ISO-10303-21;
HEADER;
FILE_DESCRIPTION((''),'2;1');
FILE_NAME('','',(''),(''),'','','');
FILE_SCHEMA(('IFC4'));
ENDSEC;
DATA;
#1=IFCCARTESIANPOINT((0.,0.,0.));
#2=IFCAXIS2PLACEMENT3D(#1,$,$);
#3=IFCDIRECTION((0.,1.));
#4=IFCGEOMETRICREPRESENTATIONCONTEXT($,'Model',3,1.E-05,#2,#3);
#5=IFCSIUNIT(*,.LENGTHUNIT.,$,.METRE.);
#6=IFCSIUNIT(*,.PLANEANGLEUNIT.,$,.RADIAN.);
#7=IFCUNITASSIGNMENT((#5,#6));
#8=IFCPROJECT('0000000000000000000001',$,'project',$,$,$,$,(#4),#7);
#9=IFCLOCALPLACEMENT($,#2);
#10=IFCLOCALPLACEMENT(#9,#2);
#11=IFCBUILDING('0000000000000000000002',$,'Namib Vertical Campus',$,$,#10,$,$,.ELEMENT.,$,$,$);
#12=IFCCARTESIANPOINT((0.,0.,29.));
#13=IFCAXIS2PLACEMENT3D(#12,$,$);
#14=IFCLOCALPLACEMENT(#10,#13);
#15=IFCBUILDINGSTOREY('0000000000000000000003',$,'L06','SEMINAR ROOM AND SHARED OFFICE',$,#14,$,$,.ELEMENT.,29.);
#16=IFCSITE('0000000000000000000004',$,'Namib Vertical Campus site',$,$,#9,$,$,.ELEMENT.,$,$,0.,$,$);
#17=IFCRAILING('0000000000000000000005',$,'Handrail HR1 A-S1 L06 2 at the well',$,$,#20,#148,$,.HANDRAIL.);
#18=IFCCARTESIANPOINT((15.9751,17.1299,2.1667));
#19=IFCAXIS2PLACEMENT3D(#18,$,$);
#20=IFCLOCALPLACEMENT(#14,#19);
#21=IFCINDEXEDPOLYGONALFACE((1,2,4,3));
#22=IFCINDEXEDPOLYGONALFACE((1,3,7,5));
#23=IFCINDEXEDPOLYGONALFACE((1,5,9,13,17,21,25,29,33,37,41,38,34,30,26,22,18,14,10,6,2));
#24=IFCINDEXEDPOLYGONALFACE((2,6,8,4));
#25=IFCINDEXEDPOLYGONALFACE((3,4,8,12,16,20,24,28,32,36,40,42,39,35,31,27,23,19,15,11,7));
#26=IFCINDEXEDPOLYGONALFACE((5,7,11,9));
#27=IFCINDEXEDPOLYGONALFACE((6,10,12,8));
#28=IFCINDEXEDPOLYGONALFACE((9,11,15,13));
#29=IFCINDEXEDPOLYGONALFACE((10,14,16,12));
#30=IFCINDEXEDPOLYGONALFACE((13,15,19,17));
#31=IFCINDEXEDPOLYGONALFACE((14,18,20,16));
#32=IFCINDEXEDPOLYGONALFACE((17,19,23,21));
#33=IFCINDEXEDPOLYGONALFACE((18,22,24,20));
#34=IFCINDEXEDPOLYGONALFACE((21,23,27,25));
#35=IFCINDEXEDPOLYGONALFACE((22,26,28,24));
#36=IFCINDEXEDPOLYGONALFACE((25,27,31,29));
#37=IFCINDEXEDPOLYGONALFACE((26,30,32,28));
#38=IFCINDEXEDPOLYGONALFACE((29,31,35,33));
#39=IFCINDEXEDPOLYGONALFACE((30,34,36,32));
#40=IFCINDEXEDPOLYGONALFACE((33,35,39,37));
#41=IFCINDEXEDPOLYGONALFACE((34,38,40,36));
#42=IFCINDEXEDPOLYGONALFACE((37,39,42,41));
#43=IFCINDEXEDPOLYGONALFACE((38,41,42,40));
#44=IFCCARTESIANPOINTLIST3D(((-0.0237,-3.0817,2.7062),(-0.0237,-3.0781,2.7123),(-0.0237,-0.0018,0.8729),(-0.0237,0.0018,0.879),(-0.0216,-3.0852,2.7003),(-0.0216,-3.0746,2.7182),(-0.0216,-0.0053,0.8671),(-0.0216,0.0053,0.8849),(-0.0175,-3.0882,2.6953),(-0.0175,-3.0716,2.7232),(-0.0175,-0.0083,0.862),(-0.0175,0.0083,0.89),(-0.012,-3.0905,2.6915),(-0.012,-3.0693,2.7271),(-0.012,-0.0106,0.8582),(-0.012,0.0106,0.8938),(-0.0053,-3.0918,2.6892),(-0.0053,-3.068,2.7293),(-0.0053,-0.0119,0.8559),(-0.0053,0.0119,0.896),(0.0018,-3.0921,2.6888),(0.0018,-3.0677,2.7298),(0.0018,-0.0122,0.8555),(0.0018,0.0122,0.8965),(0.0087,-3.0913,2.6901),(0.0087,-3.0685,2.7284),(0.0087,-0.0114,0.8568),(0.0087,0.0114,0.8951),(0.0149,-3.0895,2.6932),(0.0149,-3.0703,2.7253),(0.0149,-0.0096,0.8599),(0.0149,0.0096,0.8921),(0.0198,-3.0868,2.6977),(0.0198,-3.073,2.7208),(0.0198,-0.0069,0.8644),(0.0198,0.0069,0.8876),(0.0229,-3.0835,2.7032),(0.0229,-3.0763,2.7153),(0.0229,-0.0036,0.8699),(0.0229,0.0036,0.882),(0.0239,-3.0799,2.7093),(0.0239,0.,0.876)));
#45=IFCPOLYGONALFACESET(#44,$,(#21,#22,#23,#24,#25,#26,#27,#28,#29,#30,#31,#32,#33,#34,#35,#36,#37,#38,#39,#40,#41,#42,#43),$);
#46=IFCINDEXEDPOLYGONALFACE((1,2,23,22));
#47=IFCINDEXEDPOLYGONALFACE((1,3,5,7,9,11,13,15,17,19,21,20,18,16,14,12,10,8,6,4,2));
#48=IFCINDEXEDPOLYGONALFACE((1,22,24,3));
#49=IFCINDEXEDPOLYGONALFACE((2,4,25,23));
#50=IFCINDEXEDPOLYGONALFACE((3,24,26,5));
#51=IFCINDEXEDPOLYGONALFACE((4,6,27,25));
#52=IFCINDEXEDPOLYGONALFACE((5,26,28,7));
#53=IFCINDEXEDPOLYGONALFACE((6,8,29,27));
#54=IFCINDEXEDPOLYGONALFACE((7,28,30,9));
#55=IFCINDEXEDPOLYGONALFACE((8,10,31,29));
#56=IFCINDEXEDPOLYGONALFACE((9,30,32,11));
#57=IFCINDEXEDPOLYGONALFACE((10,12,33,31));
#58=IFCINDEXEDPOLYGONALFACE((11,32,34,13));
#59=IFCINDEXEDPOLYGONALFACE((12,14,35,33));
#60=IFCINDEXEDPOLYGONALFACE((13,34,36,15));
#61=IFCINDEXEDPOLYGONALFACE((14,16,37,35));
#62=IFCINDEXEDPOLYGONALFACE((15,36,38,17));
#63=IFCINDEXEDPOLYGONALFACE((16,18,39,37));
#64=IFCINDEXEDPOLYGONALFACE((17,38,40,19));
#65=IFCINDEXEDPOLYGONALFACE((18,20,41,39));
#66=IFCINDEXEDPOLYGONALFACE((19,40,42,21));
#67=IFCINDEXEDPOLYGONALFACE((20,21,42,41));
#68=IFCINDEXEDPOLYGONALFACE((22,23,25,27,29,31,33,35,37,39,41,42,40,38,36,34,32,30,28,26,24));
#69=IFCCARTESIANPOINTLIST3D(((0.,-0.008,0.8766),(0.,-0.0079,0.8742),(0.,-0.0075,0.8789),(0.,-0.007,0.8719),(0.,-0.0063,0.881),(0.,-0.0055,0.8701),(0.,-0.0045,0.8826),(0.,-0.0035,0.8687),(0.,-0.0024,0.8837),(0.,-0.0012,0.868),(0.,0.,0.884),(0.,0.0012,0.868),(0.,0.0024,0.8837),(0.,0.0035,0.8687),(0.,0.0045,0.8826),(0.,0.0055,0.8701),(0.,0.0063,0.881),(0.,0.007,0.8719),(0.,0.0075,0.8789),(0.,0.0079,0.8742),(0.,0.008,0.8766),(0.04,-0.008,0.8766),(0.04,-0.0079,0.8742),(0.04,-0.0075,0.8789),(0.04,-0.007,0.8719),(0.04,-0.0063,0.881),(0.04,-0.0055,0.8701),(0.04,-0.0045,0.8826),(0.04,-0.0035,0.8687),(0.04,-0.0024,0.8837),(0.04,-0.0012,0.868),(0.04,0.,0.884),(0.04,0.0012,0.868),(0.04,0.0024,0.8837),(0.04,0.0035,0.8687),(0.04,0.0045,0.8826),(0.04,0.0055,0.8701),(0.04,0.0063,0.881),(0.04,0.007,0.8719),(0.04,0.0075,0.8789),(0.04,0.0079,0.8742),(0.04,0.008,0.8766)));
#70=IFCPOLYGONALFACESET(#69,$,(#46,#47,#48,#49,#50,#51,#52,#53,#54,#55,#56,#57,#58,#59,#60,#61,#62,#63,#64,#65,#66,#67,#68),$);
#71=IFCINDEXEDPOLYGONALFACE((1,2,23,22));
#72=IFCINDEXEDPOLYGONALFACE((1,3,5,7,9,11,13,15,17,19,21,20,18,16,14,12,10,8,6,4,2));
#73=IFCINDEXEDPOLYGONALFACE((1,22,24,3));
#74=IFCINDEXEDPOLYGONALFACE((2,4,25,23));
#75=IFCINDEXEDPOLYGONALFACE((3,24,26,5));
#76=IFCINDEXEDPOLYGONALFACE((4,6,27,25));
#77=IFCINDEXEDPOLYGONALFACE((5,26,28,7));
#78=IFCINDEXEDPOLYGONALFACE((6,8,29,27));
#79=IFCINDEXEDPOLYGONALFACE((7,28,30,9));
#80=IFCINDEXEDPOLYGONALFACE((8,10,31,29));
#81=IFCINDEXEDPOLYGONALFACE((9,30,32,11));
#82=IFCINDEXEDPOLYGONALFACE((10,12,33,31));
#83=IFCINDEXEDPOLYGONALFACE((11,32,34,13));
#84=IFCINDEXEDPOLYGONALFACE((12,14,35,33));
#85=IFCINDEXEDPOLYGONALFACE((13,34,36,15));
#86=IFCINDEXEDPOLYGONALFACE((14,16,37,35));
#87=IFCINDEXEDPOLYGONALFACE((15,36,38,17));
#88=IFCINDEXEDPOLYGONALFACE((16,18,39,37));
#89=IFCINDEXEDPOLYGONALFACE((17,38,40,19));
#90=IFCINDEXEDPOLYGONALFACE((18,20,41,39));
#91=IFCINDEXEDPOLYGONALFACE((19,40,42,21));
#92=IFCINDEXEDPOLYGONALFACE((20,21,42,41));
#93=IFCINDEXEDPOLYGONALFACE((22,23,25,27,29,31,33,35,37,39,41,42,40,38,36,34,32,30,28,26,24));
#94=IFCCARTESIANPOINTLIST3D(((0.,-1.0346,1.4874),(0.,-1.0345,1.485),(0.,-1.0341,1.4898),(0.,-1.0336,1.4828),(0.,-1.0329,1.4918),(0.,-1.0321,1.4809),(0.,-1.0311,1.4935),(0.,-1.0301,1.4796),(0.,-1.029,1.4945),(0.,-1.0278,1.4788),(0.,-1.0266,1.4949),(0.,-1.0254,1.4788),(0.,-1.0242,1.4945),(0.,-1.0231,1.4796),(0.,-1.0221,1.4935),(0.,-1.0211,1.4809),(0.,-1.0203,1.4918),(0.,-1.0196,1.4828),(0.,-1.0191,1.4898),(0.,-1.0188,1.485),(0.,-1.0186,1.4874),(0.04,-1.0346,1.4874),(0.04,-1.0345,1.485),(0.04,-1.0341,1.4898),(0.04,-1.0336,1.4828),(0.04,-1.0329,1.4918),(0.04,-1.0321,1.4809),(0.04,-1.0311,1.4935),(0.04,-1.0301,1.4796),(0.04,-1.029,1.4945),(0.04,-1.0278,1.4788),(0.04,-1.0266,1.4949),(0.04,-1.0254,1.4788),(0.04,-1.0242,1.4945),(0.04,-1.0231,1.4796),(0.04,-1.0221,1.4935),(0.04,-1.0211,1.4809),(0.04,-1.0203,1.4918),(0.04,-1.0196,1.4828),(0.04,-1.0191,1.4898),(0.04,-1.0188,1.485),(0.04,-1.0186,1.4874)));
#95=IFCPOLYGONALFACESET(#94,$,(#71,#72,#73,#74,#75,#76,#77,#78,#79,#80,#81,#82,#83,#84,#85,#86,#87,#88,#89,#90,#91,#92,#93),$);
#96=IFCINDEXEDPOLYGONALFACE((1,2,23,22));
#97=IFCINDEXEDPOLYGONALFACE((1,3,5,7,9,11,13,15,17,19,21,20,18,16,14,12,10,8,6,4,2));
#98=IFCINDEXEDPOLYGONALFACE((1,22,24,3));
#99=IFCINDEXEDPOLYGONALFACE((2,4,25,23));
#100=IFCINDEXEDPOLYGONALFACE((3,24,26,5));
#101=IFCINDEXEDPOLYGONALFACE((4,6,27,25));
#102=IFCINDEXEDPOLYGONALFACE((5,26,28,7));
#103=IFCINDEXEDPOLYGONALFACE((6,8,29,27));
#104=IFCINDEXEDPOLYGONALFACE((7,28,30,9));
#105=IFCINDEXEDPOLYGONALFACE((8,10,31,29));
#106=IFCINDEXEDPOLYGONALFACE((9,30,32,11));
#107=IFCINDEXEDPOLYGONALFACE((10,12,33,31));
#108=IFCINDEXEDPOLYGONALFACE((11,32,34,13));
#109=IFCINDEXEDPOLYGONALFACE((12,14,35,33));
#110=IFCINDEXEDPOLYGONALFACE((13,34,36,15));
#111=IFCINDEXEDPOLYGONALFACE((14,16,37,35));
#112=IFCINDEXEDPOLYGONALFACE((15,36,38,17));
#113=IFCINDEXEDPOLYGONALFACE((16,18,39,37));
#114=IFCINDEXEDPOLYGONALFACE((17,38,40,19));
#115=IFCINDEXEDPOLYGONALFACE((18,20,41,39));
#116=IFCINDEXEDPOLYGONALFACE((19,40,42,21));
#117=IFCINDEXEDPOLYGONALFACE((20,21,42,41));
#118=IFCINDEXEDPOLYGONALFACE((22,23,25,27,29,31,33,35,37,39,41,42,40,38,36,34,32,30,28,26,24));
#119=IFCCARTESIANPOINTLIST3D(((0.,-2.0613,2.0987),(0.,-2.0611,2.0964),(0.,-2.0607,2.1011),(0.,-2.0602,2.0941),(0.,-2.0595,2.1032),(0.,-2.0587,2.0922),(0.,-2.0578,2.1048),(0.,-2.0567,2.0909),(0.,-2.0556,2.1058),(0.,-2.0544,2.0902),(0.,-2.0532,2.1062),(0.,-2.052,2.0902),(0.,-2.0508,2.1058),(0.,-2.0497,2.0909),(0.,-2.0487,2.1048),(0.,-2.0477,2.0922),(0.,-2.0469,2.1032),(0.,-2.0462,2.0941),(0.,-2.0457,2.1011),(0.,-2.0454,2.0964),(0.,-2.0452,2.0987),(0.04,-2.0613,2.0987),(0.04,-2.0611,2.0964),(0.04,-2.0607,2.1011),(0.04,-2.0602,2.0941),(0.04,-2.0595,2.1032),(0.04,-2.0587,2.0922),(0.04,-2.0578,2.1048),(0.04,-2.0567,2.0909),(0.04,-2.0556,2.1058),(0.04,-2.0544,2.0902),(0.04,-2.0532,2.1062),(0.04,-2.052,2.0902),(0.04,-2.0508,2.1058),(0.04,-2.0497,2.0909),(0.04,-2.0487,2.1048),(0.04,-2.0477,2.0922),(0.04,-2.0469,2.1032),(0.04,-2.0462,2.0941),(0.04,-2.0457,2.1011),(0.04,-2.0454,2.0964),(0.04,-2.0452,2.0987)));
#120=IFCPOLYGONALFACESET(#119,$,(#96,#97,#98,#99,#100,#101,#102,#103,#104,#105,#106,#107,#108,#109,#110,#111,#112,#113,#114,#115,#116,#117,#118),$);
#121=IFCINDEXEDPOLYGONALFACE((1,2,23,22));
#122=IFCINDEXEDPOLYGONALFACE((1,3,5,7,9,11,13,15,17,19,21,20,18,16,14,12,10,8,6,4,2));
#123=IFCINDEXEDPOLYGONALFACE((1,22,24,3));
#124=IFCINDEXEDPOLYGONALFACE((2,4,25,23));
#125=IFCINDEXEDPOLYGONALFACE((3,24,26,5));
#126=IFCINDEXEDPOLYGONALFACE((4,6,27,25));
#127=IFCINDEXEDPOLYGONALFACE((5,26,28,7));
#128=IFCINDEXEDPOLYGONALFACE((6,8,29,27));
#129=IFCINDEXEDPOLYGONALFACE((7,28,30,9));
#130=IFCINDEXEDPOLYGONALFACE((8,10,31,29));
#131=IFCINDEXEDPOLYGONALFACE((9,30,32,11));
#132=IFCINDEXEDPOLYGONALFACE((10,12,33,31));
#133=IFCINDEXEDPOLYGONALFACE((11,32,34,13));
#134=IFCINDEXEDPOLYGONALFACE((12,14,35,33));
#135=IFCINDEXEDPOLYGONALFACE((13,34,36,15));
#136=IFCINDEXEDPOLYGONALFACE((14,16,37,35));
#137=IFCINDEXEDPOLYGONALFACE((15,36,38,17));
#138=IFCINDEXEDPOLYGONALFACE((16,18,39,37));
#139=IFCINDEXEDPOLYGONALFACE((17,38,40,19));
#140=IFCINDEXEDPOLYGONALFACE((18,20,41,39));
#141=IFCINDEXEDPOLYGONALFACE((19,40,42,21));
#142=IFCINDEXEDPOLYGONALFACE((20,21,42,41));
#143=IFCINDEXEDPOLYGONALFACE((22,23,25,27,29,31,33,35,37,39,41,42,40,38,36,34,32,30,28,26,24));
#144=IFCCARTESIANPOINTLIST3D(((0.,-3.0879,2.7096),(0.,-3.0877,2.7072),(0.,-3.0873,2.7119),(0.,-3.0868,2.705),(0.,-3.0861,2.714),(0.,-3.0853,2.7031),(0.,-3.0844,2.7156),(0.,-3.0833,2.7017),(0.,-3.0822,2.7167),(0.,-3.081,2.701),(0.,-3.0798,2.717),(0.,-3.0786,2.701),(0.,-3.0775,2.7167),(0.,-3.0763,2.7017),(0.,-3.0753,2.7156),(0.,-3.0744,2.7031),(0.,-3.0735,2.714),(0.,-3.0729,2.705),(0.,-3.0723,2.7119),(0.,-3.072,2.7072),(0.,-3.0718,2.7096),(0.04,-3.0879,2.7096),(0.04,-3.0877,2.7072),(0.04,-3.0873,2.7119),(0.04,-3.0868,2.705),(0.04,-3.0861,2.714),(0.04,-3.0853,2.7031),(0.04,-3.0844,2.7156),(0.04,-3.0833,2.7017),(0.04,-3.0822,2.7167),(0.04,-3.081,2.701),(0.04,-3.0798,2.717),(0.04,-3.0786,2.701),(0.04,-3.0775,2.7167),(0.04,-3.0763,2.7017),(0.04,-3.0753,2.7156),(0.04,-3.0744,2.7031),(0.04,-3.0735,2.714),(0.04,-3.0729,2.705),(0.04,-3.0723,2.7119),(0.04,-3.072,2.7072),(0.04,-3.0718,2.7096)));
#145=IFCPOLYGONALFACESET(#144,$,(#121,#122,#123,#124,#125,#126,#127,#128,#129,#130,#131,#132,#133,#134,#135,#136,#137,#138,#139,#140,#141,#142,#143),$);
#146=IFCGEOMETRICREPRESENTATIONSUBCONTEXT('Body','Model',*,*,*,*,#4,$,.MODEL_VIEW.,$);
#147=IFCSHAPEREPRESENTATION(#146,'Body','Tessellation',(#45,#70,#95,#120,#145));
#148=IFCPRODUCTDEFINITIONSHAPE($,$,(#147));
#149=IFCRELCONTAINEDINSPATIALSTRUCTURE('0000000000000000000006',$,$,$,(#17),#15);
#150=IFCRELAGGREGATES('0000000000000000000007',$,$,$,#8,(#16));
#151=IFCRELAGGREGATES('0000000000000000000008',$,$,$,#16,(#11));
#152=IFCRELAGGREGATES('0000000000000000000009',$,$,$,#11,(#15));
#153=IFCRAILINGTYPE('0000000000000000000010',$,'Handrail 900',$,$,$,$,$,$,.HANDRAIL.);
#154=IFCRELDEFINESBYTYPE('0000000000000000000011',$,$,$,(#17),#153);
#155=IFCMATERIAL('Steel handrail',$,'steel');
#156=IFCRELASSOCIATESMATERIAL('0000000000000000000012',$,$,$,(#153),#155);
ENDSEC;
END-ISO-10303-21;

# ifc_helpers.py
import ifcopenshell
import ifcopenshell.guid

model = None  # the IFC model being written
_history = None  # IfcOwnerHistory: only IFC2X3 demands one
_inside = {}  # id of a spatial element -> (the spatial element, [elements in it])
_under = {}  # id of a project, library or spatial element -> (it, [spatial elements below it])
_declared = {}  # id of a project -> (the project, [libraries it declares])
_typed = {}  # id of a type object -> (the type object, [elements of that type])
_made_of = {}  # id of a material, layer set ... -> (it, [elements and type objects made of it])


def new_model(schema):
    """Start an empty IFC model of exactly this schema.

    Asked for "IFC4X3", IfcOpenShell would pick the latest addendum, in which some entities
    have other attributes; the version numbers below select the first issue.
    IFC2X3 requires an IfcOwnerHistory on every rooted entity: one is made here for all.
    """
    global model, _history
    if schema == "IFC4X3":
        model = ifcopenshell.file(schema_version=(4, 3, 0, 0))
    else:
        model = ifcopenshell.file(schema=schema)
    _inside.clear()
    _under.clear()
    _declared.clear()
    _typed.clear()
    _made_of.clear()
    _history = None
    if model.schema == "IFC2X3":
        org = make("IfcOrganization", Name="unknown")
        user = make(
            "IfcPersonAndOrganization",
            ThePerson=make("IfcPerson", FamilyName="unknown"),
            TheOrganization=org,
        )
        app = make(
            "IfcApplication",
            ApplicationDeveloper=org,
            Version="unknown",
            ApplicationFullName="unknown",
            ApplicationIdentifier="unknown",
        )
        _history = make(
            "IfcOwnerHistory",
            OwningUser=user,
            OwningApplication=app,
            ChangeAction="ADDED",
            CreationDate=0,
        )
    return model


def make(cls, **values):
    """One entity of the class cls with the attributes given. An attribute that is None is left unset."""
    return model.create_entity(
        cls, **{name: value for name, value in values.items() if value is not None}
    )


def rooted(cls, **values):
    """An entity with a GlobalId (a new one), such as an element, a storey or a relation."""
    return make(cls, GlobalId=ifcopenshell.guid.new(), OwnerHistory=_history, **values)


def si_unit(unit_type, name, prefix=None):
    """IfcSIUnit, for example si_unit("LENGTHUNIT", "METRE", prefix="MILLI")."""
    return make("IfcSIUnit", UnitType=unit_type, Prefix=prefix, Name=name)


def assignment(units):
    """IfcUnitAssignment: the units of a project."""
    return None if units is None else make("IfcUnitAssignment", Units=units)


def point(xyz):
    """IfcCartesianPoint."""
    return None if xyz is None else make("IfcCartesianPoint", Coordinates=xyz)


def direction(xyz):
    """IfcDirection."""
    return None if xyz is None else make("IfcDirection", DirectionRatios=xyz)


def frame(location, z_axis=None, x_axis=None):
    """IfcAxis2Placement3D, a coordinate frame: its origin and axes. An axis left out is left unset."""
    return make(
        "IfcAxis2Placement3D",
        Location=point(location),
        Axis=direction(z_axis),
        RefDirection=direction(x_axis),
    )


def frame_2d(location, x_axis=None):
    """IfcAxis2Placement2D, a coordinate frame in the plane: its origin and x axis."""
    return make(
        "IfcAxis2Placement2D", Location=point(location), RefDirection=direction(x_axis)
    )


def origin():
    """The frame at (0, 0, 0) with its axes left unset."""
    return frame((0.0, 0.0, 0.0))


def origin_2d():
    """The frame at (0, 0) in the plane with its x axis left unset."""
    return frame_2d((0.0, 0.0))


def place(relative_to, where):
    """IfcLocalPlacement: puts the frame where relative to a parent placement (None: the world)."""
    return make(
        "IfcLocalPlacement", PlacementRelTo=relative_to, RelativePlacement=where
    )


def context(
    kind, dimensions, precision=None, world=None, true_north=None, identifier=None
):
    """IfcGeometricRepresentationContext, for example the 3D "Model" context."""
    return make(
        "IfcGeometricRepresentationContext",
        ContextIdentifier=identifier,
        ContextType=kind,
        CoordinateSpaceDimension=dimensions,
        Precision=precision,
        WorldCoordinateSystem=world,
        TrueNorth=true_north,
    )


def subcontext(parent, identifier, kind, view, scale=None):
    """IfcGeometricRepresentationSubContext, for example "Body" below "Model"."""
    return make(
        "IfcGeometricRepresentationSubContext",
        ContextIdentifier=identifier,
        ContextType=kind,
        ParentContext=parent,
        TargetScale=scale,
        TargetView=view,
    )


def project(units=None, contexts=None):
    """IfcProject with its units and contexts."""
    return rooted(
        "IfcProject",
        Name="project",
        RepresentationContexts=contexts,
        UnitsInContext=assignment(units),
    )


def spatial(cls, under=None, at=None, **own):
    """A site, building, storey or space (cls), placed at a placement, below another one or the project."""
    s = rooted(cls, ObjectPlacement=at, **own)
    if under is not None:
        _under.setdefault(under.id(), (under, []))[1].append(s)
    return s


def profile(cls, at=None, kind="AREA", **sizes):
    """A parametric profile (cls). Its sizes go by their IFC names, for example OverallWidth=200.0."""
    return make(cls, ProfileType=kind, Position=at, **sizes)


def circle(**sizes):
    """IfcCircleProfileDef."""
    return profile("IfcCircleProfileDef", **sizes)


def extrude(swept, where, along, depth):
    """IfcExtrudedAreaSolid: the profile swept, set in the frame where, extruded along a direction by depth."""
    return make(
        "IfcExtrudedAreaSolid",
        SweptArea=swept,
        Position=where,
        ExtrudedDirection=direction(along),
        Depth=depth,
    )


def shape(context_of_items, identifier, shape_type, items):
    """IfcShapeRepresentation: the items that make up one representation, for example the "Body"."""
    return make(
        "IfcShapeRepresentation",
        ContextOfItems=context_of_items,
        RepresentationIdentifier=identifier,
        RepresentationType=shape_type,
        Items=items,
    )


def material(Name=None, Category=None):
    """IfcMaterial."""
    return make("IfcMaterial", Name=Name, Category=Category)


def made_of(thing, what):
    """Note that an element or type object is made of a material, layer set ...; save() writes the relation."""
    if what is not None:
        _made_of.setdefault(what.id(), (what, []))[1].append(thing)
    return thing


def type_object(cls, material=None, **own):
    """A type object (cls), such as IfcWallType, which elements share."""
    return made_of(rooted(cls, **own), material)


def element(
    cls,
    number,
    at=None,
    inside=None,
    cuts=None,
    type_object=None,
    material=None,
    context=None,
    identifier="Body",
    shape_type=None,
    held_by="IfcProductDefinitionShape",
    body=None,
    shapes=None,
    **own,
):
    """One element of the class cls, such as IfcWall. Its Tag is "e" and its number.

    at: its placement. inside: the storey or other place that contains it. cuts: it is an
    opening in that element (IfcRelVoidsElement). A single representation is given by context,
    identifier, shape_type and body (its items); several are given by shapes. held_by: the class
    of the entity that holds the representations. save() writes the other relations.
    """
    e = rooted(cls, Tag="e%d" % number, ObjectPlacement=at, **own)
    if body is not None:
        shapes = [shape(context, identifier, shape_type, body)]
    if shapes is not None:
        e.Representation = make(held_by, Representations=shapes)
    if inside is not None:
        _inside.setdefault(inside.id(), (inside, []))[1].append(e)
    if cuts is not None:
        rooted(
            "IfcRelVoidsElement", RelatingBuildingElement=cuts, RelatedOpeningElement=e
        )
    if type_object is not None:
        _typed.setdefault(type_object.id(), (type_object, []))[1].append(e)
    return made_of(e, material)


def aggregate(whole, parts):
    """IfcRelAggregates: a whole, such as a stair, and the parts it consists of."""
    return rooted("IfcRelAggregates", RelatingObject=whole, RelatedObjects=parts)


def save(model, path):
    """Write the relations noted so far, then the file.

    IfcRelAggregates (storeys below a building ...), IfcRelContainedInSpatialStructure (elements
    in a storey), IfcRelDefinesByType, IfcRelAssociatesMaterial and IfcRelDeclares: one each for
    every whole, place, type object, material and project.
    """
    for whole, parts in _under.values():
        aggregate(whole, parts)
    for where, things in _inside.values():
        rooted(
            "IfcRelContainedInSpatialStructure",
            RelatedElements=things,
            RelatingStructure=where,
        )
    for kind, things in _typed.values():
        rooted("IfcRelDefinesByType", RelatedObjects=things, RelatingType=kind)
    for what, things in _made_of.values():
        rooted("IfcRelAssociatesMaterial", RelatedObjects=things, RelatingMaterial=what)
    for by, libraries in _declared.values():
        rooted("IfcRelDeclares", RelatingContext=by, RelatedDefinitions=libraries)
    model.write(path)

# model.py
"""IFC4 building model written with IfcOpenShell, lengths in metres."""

from ifc_helpers import new_model, si_unit, direction, frame, origin, origin_2d, place, context, subcontext, project, spatial, circle, extrude, material, type_object, element, save


model = new_model("IFC4")

# Units and contexts
model_context = context("Model", 3, precision=1e-05, world=origin(), true_north=direction((0.0, 1.0)))
body_context = subcontext(model_context, "Body", "Model", "MODEL_VIEW")
ifc_project = project(units=[si_unit("LENGTHUNIT", "METRE"), si_unit("PLANEANGLEUNIT", "RADIAN")], contexts=[model_context])

# Site, building, storey
site_placement = place(None, origin())
site = spatial("IfcSite", under=ifc_project, at=site_placement, Name="Namib Vertical Campus site", CompositionType="ELEMENT", RefElevation=0.0)
building_placement = place(site_placement, origin())
building = spatial("IfcBuilding", under=site, at=building_placement, Name="Namib Vertical Campus", CompositionType="ELEMENT")
storey_placement = place(building_placement, frame((0.0, 0.0, 29.0)))
storey = spatial("IfcBuildingStorey", under=building, at=storey_placement, Name="L06", Description="SEMINAR ROOM AND SHARED OFFICE", CompositionType="ELEMENT", Elevation=29.0)

# Railing
ifc_material_1 = material(Name="Steel handrail", Category="steel")
railing_type_1 = type_object("IfcRailingType", Name="Handrail 900", PredefinedType="HANDRAIL", material=ifc_material_1)
railing_1_placement = place(storey_placement, frame((15.9751, 17.1299, 2.1667)))
element("IfcRailing", 1, at=railing_1_placement, inside=storey, type_object=railing_type_1, Name="Handrail HR1 A-S1 L06 2 at the well", PredefinedType="HANDRAIL", context=body_context, shape_type="SweptSolid", body=[
    extrude(circle(Radius=0.0239, at=origin_2d()), frame((0.0, 0.0, 0.876), z_axis=(0.0, -0.859291, 0.511487), x_axis=(1.0, 0.0, 0.0)), (0.0, 0.0, 1.0), 3.5842),
    extrude(circle(Radius=0.0081, at=origin_2d()), frame((0.0, 0.0, 0.876), z_axis=(1.0, 0.0, 0.0), x_axis=(0.0, 0.0, 1.0)), (0.0, 0.0, 1.0), 0.04),
    extrude(circle(Radius=0.0081, at=origin_2d()), frame((0.0, -1.0266, 1.4868), z_axis=(1.0, 0.0, 0.0), x_axis=(0.0, 0.0, 1.0)), (0.0, 0.0, 1.0), 0.04),
    extrude(circle(Radius=0.0081, at=origin_2d()), frame((0.0, -2.0532, 2.0981), z_axis=(1.0, 0.0, 0.0), x_axis=(0.0, 0.0, 1.0)), (0.0, 0.0, 1.0), 0.04),
    extrude(circle(Radius=0.0081, at=origin_2d()), frame((0.0, -3.0798, 2.709), z_axis=(1.0, 0.0, 0.0), x_axis=(0.0, 0.0, 1.0)), (0.0, 0.0, 1.0), 0.04),
])

save(model, "model.ifc")
